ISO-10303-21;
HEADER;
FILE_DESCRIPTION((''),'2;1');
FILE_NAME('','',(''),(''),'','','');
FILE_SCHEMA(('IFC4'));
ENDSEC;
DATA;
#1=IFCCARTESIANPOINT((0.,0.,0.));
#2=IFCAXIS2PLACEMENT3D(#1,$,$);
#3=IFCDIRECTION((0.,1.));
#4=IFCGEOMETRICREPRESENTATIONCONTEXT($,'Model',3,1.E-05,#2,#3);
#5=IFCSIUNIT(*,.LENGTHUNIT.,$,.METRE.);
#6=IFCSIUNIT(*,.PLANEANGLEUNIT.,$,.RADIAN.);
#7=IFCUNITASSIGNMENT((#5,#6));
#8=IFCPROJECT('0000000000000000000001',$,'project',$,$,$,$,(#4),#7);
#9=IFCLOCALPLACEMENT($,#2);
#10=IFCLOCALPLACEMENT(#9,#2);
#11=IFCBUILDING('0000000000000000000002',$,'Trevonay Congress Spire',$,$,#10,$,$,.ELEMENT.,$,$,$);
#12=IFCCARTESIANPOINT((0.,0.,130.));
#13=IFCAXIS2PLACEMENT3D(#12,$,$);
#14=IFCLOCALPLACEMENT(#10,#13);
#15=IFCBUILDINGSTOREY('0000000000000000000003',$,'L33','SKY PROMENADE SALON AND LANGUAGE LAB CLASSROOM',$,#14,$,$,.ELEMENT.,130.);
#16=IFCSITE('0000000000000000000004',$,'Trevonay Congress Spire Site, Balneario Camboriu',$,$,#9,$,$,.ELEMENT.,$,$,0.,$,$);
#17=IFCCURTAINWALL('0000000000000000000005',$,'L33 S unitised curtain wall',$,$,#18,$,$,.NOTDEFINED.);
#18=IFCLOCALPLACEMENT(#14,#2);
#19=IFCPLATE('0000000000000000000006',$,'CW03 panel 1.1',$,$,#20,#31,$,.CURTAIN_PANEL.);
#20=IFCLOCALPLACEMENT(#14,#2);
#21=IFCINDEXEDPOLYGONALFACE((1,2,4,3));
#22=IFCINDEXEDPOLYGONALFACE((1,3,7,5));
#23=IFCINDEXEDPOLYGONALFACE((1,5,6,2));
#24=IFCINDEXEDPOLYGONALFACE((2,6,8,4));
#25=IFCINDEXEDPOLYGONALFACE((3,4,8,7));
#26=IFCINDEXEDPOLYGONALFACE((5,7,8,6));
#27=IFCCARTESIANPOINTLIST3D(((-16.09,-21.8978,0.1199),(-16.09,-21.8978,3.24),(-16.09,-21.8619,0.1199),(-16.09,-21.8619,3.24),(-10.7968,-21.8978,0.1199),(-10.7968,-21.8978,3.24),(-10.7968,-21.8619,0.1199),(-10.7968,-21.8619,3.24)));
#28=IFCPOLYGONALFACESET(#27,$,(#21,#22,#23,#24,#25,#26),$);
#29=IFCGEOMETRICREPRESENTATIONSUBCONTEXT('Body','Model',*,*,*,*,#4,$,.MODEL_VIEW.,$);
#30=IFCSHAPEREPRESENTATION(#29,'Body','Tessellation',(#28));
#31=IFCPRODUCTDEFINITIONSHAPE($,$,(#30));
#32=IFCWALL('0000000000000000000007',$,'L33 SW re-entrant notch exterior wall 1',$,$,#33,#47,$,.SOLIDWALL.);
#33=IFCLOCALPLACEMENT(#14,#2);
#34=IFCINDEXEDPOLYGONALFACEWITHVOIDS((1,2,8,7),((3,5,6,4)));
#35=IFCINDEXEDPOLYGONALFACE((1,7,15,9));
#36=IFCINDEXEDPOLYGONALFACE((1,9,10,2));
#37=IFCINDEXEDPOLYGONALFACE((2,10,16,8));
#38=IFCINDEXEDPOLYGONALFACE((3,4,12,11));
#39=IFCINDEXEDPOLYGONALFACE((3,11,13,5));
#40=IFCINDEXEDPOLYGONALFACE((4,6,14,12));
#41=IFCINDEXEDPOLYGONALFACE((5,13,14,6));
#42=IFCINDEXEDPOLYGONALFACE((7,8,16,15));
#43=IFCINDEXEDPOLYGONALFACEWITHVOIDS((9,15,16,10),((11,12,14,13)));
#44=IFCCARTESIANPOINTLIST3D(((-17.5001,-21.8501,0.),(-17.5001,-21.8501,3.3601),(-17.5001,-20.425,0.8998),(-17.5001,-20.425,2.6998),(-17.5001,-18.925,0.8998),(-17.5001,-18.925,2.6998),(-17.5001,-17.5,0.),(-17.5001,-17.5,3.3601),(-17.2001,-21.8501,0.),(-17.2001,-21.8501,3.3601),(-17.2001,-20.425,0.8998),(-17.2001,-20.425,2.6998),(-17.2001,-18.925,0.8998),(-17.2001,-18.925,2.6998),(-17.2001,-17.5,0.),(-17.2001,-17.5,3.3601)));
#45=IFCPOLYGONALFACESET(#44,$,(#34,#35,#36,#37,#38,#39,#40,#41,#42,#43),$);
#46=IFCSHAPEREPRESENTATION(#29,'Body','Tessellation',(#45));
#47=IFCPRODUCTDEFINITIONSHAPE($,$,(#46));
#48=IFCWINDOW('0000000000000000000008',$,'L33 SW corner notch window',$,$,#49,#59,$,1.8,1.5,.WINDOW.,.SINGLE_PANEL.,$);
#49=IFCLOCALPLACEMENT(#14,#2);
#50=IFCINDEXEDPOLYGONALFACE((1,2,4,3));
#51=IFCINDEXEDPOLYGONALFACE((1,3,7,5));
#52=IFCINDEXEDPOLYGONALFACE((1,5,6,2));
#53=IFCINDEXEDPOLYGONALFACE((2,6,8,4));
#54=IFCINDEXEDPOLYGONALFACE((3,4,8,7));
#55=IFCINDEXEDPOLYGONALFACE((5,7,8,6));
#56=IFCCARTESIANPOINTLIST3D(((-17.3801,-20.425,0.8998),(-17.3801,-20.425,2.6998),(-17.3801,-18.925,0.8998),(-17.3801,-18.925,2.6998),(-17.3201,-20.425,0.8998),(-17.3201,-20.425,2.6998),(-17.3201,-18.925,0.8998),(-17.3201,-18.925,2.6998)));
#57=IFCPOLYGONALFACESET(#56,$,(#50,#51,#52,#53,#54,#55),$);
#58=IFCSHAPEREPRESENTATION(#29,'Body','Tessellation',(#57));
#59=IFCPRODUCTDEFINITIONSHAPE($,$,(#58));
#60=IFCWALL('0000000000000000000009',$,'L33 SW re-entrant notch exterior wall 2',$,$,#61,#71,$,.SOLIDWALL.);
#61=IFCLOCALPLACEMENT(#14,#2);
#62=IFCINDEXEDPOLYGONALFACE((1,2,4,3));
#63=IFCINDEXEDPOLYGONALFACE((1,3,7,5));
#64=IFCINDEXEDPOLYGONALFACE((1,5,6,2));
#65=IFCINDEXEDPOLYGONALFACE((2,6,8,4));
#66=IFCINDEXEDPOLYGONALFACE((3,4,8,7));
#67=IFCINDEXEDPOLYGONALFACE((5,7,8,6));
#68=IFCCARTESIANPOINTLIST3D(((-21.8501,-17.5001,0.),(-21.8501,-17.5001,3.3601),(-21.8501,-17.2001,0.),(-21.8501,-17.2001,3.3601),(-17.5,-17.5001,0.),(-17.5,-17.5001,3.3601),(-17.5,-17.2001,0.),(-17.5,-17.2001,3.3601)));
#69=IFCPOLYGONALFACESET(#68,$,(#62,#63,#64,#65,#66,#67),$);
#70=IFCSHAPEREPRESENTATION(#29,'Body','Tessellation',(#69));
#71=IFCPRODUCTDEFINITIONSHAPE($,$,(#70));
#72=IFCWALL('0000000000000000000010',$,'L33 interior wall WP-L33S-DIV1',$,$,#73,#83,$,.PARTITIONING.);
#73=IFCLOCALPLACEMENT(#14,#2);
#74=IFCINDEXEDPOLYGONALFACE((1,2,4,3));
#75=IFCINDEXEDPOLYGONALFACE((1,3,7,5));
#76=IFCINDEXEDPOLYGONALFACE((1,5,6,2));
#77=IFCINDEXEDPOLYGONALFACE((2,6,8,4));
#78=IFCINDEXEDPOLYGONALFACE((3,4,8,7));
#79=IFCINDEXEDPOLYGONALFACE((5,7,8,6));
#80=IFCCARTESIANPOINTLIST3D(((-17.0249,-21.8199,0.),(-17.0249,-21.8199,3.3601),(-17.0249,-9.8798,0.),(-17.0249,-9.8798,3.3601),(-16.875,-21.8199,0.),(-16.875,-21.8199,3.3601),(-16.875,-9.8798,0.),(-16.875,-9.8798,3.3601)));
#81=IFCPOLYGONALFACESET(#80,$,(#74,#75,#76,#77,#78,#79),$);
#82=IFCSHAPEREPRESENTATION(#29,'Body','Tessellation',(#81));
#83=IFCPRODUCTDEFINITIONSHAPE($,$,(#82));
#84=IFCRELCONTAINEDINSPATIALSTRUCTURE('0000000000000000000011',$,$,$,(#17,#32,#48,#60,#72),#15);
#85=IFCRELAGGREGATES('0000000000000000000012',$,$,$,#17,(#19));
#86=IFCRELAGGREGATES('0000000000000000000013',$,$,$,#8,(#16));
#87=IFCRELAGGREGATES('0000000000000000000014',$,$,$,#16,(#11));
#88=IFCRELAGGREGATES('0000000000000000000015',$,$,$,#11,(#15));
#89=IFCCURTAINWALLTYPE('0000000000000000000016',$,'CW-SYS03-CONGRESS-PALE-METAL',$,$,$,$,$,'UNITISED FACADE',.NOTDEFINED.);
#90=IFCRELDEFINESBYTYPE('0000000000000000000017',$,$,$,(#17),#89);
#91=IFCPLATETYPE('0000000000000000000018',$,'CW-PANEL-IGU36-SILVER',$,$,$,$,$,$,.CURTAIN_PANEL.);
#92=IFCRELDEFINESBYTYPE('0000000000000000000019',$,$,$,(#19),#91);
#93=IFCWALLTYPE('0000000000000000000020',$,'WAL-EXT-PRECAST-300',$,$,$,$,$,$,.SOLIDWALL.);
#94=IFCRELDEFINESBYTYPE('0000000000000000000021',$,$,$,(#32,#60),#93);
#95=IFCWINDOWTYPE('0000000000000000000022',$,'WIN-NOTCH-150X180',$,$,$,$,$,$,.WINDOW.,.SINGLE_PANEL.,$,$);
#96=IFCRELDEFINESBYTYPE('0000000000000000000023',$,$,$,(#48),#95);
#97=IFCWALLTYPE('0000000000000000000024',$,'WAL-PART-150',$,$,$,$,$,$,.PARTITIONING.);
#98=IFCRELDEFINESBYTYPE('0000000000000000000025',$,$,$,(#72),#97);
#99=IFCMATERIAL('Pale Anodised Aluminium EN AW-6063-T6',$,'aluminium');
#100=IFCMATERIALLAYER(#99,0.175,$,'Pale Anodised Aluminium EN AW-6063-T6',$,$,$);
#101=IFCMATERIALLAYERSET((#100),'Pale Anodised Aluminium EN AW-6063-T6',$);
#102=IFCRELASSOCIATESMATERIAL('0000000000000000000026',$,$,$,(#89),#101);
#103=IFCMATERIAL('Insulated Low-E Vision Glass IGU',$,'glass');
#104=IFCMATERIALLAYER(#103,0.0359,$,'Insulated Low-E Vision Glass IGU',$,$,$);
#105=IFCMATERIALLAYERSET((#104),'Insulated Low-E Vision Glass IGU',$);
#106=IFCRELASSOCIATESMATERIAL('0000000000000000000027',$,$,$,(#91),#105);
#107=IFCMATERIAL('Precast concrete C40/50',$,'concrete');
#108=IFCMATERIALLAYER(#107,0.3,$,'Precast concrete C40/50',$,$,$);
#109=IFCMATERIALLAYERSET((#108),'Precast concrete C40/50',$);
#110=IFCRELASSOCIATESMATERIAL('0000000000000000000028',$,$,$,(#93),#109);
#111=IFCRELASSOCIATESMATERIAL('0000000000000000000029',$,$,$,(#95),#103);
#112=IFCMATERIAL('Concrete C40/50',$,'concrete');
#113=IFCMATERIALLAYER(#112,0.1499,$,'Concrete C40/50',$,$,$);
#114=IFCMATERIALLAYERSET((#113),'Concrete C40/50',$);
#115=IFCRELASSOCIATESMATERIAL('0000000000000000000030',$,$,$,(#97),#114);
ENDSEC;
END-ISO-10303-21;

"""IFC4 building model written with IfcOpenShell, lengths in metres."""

from ifc_helpers import new_model, si_unit, direction, frame, frame_2d, origin, origin_2d, place, context, subcontext, project, spatial, rectangle, extrude, material, layer, layer_set, type_object, element, fill, aggregate, save


model = new_model("IFC4")

# Units and contexts
model_context = context("Model", 3, precision=1e-05, world=origin(), true_north=direction((0.0, 1.0)))
body_context = subcontext(model_context, "Body", "Model", "MODEL_VIEW")
ifc_project = project(units=[si_unit("LENGTHUNIT", "METRE"), si_unit("PLANEANGLEUNIT", "RADIAN")], contexts=[model_context])

# Site, building, storey
site_placement = place(None, origin())
site = spatial("IfcSite", under=ifc_project, at=site_placement, Name="Trevonay Congress Spire Site, Balneario Camboriu", CompositionType="ELEMENT", RefElevation=0.0)
building_placement = place(site_placement, origin())
building = spatial("IfcBuilding", under=site, at=building_placement, Name="Trevonay Congress Spire", CompositionType="ELEMENT")
storey_placement = place(building_placement, frame((0.0, 0.0, 130.0)))
storey = spatial("IfcBuildingStorey", under=building, at=storey_placement, Name="L33", Description="SKY PROMENADE SALON AND LANGUAGE LAB CLASSROOM", CompositionType="ELEMENT", Elevation=130.0)

# Curtain wall
ifc_material_1 = material(Name="Pale Anodised Aluminium EN AW-6063-T6", Category="aluminium")
ifc_layer_1 = layer(ifc_material_1, 0.175, Name="Pale Anodised Aluminium EN AW-6063-T6")
ifc_layer_set_1 = layer_set([ifc_layer_1], Name="Pale Anodised Aluminium EN AW-6063-T6")
curtain_wall_type = type_object("IfcCurtainWallType", Name="CW-SYS03-CONGRESS-PALE-METAL", ElementType="UNITISED FACADE", PredefinedType="NOTDEFINED", material=ifc_layer_set_1)
curtain_wall_1_placement = place(storey_placement, origin())
curtain_wall_1 = element("IfcCurtainWall", 1, at=curtain_wall_1_placement, inside=storey, type_object=curtain_wall_type, Name="L33 S unitised curtain wall", PredefinedType="NOTDEFINED")

# Plate
ifc_material_2 = material(Name="Insulated Low-E Vision Glass IGU", Category="glass")
ifc_layer_2 = layer(ifc_material_2, 0.0359, Name="Insulated Low-E Vision Glass IGU")
ifc_layer_set_2 = layer_set([ifc_layer_2], Name="Insulated Low-E Vision Glass IGU")
plate_type = type_object("IfcPlateType", Name="CW-PANEL-IGU36-SILVER", PredefinedType="CURTAIN_PANEL", material=ifc_layer_set_2)
plate_placement = place(storey_placement, frame((-13.4434, -21.8799, 0.1199), z_axis=(0.0, 0.0, 1.0), x_axis=(1.0, 0.0, 0.0)))
plate = element("IfcPlate", 2, at=plate_placement, type_object=plate_type, Name="CW03 panel 1.1", PredefinedType="CURTAIN_PANEL", context=body_context, shape_type="SweptSolid", body=[
    extrude(rectangle(XDim=5.2932, YDim=0.0359, at=origin_2d()), origin(), (0.0, 0.0, 1.0), 3.1201),
])
aggregate(curtain_wall_1, [plate])

# Wall, opening, window
ifc_material_3 = material(Name="Precast concrete C40/50", Category="concrete")
ifc_layer_3 = layer(ifc_material_3, 0.3, Name="Precast concrete C40/50")
ifc_layer_set_3 = layer_set([ifc_layer_3], Name="Precast concrete C40/50")
wall_type_1 = type_object("IfcWallType", Name="WAL-EXT-PRECAST-300", PredefinedType="SOLIDWALL", material=ifc_layer_set_3)
wall_1_placement = place(storey_placement, frame((-17.3501, -21.8501, 0.0), z_axis=(0.0, 0.0, 1.0), x_axis=(0.0, 1.0, 0.0)))
wall_1 = element("IfcWall", 3, at=wall_1_placement, inside=storey, type_object=wall_type_1, Name="L33 SW re-entrant notch exterior wall 1", PredefinedType="SOLIDWALL", context=body_context, shape_type="SweptSolid", body=[
    extrude(rectangle(XDim=4.3501, YDim=0.3, at=frame_2d((2.175, 0.0))), origin(), (0.0, 0.0, 1.0), 3.3601),
])
opening_placement = place(wall_1_placement, frame((1.425, 0.0, 0.8999)))
opening = element("IfcOpeningElement", 4, at=opening_placement, cuts=wall_1, PredefinedType="OPENING", context=body_context, shape_type="SweptSolid", body=[
    extrude(rectangle(XDim=1.5, YDim=1.8, at=frame_2d((0.75, 0.8999))), frame((0.0, 0.1602, 0.0), z_axis=(0.0, -1.0, 0.0), x_axis=(1.0, 0.0, 0.0)), (0.0, 0.0, 1.0), 0.3201),
])
window_type = type_object("IfcWindowType", Name="WIN-NOTCH-150X180", PartitioningType="SINGLE_PANEL", PredefinedType="WINDOW", material=ifc_material_2)
window_placement = place(opening_placement, origin())
window = element("IfcWindow", 5, at=window_placement, inside=storey, type_object=window_type, Name="L33 SW corner notch window", OverallHeight=1.8, OverallWidth=1.5, PartitioningType="SINGLE_PANEL", PredefinedType="WINDOW", context=body_context, shape_type="SweptSolid", body=[
    extrude(rectangle(XDim=1.5, YDim=1.8, at=frame_2d((0.75, 0.8999))), frame((0.0, 0.03, 0.0), z_axis=(0.0, -1.0, 0.0), x_axis=(1.0, 0.0, 0.0)), (0.0, 0.0, 1.0), 0.0601),
])
fill(opening, window)

# Walls
wall_2_placement = place(storey_placement, frame((-21.8501, -17.3501, 0.0), z_axis=(0.0, 0.0, 1.0), x_axis=(1.0, 0.0, 0.0)))
element("IfcWall", 6, at=wall_2_placement, inside=storey, type_object=wall_type_1, Name="L33 SW re-entrant notch exterior wall 2", PredefinedType="SOLIDWALL", context=body_context, shape_type="SweptSolid", body=[
    extrude(rectangle(XDim=4.3501, YDim=0.3, at=frame_2d((2.175, 0.0))), origin(), (0.0, 0.0, 1.0), 3.3601),
])
ifc_material_4 = material(Name="Concrete C40/50", Category="concrete")
ifc_layer_4 = layer(ifc_material_4, 0.1499, Name="Concrete C40/50")
ifc_layer_set_4 = layer_set([ifc_layer_4], Name="Concrete C40/50")
wall_type_2 = type_object("IfcWallType", Name="WAL-PART-150", PredefinedType="PARTITIONING", material=ifc_layer_set_4)
wall_3_placement = place(storey_placement, frame((-16.95, -21.8201, 0.0), z_axis=(0.0, 0.0, 1.0), x_axis=(0.0, 1.0, 0.0)))
element("IfcWall", 7, at=wall_3_placement, inside=storey, type_object=wall_type_2, Name="L33 interior wall WP-L33S-DIV1", PredefinedType="PARTITIONING", context=body_context, shape_type="SweptSolid", body=[
    extrude(rectangle(XDim=11.9402, YDim=0.1499, at=frame_2d((5.9702, 0.0))), origin(), (0.0, 0.0, 1.0), 3.3601),
])

save(model, "model.ifc")
